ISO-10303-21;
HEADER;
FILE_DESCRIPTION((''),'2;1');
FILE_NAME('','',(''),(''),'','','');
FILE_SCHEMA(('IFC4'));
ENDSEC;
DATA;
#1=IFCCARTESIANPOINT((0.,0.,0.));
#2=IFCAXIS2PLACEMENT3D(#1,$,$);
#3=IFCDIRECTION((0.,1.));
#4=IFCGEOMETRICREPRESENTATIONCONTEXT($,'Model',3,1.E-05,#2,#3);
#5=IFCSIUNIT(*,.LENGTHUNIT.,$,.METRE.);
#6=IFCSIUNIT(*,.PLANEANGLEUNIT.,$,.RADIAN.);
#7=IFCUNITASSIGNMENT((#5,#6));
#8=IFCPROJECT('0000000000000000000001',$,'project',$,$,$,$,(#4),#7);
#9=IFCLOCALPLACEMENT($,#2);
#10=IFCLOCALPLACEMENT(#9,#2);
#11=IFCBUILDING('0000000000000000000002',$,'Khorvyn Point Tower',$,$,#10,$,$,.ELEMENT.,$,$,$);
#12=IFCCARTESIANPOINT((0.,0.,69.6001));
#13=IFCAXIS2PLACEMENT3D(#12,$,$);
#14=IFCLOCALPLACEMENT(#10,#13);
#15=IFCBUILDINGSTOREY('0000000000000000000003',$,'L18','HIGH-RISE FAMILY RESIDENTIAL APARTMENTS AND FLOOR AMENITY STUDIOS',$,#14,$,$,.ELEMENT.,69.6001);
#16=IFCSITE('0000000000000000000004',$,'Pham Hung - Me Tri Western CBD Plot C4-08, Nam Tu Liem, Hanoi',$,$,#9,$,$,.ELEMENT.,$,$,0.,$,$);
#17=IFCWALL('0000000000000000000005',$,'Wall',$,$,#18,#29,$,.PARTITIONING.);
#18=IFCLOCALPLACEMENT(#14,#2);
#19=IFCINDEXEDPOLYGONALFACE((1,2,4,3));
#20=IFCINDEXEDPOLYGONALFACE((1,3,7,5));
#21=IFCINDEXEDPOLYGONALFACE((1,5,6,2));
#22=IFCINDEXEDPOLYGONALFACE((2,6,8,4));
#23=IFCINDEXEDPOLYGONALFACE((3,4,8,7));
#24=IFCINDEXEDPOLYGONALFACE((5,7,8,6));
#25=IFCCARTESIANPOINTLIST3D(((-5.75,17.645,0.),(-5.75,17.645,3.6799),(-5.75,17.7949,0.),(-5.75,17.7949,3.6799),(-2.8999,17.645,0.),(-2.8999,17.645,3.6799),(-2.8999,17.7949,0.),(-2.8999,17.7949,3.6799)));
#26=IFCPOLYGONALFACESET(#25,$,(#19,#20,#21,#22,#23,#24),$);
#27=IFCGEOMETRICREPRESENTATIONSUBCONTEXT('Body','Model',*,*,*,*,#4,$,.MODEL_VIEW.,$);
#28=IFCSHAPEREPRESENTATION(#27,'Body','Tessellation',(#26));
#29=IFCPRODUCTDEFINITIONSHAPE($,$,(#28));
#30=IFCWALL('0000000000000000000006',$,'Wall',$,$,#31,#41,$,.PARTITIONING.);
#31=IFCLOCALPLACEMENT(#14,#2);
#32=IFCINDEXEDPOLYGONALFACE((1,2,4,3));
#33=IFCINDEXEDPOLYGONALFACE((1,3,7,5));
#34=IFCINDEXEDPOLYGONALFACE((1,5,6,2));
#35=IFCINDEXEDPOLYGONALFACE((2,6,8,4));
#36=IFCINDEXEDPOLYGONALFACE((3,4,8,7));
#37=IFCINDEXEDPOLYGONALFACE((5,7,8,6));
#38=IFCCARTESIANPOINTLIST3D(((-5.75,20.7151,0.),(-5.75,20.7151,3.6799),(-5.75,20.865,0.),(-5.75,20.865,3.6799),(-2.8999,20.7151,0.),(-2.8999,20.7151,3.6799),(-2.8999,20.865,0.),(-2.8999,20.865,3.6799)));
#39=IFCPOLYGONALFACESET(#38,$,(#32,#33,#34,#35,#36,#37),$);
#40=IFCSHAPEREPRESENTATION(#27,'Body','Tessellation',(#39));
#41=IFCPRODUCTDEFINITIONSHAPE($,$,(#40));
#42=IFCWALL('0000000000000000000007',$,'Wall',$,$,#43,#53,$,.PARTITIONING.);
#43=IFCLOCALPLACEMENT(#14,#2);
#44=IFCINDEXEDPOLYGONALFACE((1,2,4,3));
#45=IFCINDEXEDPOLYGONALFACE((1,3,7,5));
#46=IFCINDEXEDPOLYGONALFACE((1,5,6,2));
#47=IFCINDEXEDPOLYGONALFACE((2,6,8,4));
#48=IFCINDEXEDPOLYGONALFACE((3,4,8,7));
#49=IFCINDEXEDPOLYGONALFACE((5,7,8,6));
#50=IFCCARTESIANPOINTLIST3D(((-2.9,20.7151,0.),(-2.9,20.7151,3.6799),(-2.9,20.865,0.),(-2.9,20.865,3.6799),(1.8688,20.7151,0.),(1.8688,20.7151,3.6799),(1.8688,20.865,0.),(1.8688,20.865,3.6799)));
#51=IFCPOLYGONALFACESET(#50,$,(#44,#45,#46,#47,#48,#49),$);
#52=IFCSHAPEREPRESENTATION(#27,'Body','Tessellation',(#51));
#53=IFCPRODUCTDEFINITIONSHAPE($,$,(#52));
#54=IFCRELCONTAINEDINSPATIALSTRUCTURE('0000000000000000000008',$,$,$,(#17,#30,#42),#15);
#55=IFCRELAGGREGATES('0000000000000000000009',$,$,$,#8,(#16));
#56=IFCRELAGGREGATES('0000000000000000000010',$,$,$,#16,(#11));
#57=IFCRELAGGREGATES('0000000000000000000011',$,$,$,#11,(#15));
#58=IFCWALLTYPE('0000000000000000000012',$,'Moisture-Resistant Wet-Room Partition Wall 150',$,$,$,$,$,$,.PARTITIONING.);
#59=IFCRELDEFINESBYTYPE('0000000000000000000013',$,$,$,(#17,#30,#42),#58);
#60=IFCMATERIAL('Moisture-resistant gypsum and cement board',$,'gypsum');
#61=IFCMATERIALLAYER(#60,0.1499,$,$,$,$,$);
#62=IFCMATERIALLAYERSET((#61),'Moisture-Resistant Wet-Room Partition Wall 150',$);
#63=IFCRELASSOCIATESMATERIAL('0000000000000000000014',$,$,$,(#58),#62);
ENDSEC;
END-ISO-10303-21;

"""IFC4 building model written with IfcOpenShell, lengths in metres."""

from ifc_helpers import new_model, si_unit, direction, frame, frame_2d, origin, place, context, subcontext, project, spatial, rectangle, extrude, material, layer, layer_set, type_object, element, save


model = new_model("IFC4")

# Units and contexts
model_context = context("Model", 3, precision=1e-05, world=origin(), true_north=direction((0.0, 1.0)))
body_context = subcontext(model_context, "Body", "Model", "MODEL_VIEW")
ifc_project = project(units=[si_unit("LENGTHUNIT", "METRE"), si_unit("PLANEANGLEUNIT", "RADIAN")], contexts=[model_context])

# Site, building, storey
site_placement = place(None, origin())
site = spatial("IfcSite", under=ifc_project, at=site_placement, Name="Pham Hung - Me Tri Western CBD Plot C4-08, Nam Tu Liem, Hanoi", CompositionType="ELEMENT", RefElevation=0.0)
building_placement = place(site_placement, origin())
building = spatial("IfcBuilding", under=site, at=building_placement, Name="Khorvyn Point Tower", CompositionType="ELEMENT")
storey_placement = place(building_placement, frame((0.0, 0.0, 69.6001)))
storey = spatial("IfcBuildingStorey", under=building, at=storey_placement, Name="L18", Description="HIGH-RISE FAMILY RESIDENTIAL APARTMENTS AND FLOOR AMENITY STUDIOS", CompositionType="ELEMENT", Elevation=69.6001)

# Shared definitions
ifc_material_1 = material(Name="Moisture-resistant gypsum and cement board", Category="gypsum")
ifc_layer_1 = layer(ifc_material_1, 0.1499)
ifc_layer_set_1 = layer_set([ifc_layer_1], Name="Moisture-Resistant Wet-Room Partition Wall 150")
wall_type_1 = type_object("IfcWallType", Name="Moisture-Resistant Wet-Room Partition Wall 150", PredefinedType="PARTITIONING", material=ifc_layer_set_1)

# Walls
for number, where, z_axis, x_axis, name in (
    (1, (-5.75, 17.72, 0.0), (0.0, 0.0, 1.0), (1.0, 0.0, 0.0), "Wall"),
    (2, (-5.75, 20.79, 0.0), (0.0, 0.0, 1.0), (1.0, 0.0, 0.0), "Wall"),
):
    element("IfcWall", number, at=place(storey_placement, frame(where, z_axis=z_axis, x_axis=x_axis)), inside=storey, type_object=wall_type_1, Name=name, PredefinedType="PARTITIONING", context=body_context, shape_type="SweptSolid", body=[
        extrude(rectangle(XDim=2.8501, YDim=0.1499, at=frame_2d((1.425, 0.0))), origin(), (0.0, 0.0, 1.0), 3.6799),
    ])
wall_1_placement = place(storey_placement, frame((-2.8999, 20.79, 0.0), z_axis=(0.0, 0.0, 1.0), x_axis=(1.0, 0.0, 0.0)))
element("IfcWall", 3, at=wall_1_placement, inside=storey, type_object=wall_type_1, Name="Wall", PredefinedType="PARTITIONING", context=body_context, shape_type="SweptSolid", body=[
    extrude(rectangle(XDim=4.7688, YDim=0.1499, at=frame_2d((2.3843, 0.0))), origin(), (0.0, 0.0, 1.0), 3.6799),
])

save(model, "model.ifc")
